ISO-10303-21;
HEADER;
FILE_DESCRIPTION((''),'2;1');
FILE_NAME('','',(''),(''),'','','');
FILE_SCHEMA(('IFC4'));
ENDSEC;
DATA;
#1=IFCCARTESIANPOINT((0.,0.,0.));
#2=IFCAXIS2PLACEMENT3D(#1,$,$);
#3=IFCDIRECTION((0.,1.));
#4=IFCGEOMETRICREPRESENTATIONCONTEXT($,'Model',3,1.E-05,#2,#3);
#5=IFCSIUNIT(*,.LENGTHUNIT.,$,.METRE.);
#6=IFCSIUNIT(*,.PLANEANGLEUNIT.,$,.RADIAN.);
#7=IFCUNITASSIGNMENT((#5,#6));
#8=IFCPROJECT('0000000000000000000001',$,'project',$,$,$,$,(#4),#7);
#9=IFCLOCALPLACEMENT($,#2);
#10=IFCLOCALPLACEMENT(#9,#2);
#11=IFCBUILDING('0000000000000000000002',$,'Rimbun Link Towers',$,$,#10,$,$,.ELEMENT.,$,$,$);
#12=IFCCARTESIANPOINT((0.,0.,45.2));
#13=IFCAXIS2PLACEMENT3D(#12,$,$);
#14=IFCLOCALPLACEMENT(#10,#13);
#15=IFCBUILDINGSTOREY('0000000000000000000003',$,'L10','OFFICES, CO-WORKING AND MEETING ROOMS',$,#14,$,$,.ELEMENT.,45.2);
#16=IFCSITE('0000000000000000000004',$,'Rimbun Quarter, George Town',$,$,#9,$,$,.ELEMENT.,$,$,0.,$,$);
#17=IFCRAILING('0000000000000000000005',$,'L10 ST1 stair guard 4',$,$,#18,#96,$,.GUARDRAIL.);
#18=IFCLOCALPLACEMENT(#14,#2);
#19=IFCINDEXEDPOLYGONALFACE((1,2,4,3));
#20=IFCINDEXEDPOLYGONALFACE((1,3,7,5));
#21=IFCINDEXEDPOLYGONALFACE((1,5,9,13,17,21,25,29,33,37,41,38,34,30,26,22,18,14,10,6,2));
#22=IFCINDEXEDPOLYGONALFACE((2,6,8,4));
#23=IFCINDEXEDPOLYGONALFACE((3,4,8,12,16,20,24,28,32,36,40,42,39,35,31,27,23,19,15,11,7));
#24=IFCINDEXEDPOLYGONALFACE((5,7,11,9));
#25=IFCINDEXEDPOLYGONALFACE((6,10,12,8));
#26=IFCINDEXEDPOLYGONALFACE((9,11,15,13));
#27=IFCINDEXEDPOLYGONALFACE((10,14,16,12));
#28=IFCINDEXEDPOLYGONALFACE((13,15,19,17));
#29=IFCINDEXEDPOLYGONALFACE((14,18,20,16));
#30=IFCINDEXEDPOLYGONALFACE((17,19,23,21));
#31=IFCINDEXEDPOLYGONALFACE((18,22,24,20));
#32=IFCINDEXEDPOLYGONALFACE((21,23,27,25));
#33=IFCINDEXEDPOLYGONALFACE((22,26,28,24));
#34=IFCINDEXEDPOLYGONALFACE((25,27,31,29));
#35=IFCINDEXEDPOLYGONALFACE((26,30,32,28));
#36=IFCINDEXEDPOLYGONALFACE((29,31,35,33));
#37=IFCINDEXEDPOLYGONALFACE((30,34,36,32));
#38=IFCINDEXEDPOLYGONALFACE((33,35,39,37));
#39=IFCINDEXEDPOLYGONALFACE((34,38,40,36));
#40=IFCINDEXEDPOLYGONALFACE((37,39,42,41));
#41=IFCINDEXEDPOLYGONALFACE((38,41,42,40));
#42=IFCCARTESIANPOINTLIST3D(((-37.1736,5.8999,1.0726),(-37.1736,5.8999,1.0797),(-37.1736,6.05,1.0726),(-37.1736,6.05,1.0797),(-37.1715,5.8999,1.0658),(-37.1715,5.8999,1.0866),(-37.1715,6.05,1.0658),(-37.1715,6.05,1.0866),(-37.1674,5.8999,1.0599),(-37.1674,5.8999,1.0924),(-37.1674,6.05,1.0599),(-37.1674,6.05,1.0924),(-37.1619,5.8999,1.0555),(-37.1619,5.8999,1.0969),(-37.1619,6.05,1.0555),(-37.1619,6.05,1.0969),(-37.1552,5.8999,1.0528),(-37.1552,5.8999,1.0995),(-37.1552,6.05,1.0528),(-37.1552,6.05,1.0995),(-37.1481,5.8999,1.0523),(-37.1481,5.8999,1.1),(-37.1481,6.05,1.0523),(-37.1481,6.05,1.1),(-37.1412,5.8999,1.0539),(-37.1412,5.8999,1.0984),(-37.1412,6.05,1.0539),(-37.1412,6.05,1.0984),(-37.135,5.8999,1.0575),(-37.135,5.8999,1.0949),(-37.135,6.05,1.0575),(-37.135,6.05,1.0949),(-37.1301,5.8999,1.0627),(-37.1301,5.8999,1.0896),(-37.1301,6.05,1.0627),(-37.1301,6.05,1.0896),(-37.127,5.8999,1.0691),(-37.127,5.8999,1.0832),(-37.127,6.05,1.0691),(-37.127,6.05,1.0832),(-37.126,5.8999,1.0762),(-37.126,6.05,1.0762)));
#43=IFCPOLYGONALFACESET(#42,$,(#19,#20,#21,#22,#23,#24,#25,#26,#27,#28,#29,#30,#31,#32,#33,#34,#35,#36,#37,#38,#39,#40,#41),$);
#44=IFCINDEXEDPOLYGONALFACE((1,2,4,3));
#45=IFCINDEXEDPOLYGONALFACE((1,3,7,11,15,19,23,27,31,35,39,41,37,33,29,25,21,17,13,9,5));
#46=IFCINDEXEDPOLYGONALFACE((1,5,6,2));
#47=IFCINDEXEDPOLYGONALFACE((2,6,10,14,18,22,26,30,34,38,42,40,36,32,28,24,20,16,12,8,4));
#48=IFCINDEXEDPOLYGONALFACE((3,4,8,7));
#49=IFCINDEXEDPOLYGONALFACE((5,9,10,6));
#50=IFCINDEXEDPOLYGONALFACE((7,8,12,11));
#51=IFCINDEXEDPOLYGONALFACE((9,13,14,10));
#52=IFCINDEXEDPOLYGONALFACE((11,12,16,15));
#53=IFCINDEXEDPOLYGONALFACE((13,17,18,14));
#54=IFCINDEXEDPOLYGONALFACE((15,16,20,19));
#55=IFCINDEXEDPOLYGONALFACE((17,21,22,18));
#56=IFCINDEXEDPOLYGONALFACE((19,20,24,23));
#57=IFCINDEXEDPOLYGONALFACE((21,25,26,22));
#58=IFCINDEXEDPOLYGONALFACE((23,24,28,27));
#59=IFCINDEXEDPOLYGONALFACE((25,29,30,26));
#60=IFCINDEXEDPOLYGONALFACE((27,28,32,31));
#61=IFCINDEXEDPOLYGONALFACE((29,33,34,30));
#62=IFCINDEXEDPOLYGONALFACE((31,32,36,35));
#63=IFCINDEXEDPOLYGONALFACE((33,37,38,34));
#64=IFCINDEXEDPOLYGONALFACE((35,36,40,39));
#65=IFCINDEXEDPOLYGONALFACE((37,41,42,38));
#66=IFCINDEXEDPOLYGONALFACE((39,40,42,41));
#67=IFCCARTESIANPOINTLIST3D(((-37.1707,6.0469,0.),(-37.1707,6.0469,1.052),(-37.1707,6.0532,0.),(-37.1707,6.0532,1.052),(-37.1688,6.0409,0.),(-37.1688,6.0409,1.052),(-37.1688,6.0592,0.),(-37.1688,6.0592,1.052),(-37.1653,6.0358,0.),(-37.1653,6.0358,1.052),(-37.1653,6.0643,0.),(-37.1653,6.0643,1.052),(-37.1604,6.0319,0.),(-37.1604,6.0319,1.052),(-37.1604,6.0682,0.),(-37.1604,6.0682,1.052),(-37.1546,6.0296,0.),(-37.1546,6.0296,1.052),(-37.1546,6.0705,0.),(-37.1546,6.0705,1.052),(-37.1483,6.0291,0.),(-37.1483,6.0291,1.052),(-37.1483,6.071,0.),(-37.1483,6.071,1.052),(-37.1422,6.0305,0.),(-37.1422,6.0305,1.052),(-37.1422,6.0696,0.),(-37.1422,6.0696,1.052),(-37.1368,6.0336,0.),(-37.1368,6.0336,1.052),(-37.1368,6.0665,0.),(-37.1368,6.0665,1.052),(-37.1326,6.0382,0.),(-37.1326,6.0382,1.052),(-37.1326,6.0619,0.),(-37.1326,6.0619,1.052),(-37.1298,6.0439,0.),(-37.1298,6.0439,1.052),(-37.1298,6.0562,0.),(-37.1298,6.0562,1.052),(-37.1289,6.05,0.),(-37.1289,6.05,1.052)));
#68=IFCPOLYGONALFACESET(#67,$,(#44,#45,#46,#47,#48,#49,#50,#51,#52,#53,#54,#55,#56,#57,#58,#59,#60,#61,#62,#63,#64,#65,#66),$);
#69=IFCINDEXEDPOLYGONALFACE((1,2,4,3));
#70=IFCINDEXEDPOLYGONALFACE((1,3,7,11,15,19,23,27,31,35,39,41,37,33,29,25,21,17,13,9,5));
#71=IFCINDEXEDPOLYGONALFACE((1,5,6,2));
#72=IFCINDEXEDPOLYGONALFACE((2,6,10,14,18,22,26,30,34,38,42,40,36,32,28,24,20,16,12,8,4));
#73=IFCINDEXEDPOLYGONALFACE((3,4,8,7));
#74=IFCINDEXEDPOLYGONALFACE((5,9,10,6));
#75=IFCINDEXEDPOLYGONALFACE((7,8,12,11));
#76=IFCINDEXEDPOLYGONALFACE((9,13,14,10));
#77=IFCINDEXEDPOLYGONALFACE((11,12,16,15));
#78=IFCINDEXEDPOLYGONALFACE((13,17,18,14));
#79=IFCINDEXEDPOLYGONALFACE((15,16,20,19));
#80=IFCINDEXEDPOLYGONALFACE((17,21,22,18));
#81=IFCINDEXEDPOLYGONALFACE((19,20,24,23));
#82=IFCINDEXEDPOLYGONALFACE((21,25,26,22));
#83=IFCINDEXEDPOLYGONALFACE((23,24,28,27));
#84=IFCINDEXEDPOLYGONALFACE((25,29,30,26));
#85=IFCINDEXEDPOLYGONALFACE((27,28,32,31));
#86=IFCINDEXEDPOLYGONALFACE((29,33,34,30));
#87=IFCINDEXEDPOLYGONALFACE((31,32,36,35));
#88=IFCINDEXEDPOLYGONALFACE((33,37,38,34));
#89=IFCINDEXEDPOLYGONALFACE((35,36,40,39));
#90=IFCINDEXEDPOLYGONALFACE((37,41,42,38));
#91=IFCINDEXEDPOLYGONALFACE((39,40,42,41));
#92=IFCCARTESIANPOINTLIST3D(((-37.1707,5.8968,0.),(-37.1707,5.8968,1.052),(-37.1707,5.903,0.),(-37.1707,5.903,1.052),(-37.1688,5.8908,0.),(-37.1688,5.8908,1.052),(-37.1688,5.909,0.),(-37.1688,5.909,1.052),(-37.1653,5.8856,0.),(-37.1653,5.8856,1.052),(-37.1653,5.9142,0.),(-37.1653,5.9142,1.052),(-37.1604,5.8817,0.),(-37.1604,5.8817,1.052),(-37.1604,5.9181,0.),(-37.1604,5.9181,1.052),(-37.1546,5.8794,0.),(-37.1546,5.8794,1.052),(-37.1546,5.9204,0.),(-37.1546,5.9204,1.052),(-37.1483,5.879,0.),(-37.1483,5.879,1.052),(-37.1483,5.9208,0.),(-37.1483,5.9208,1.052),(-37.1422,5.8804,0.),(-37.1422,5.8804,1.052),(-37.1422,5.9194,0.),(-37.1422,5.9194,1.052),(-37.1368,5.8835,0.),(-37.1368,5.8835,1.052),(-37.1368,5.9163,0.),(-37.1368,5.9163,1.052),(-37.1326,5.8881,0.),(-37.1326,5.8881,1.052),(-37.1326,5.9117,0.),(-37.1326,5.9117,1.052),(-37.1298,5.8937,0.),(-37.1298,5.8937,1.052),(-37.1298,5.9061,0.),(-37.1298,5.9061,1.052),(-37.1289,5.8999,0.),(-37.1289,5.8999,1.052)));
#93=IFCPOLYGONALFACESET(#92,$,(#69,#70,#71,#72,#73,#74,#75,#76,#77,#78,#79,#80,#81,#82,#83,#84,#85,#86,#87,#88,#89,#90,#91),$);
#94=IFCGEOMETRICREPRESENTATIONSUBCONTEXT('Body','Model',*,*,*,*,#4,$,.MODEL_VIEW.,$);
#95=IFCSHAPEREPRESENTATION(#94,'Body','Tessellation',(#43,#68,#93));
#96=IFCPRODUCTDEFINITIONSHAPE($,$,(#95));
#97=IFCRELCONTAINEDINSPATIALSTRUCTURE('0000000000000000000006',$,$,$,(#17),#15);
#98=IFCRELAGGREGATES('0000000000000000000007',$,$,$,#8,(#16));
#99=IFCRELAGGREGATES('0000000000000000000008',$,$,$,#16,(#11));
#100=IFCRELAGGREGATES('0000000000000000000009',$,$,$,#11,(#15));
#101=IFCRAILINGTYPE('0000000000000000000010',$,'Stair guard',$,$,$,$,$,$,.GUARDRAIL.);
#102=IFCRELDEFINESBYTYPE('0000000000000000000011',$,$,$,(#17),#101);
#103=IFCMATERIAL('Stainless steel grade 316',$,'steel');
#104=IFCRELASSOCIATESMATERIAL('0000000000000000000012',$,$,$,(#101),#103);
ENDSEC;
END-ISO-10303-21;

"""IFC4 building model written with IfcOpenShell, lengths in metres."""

from ifc_helpers import new_model, si_unit, direction, frame, origin, origin_2d, place, context, subcontext, project, spatial, circle, extrude, material, type_object, element, save


model = new_model("IFC4")

# Units and contexts
model_context = context("Model", 3, precision=1e-05, world=origin(), true_north=direction((0.0, 1.0)))
body_context = subcontext(model_context, "Body", "Model", "MODEL_VIEW")
ifc_project = project(units=[si_unit("LENGTHUNIT", "METRE"), si_unit("PLANEANGLEUNIT", "RADIAN")], contexts=[model_context])

# Site, building, storey
site_placement = place(None, origin())
site = spatial("IfcSite", under=ifc_project, at=site_placement, Name="Rimbun Quarter, George Town", CompositionType="ELEMENT", RefElevation=0.0)
building_placement = place(site_placement, origin())
building = spatial("IfcBuilding", under=site, at=building_placement, Name="Rimbun Link Towers", CompositionType="ELEMENT")
storey_placement = place(building_placement, frame((0.0, 0.0, 45.2)))
storey = spatial("IfcBuildingStorey", under=building, at=storey_placement, Name="L10", Description="OFFICES, CO-WORKING AND MEETING ROOMS", CompositionType="ELEMENT", Elevation=45.2)

# Railing
ifc_material_1 = material(Name="Stainless steel grade 316", Category="steel")
railing_type_1 = type_object("IfcRailingType", Name="Stair guard", PredefinedType="GUARDRAIL", material=ifc_material_1)
railing_1_placement = place(storey_placement, frame((-37.1499, 6.05, 0.0)))
element("IfcRailing", 1, at=railing_1_placement, inside=storey, type_object=railing_type_1, Name="L10 ST1 stair guard 4", PredefinedType="GUARDRAIL", context=body_context, shape_type="SweptSolid", body=[
    extrude(circle(Radius=0.0239, at=origin_2d()), frame((0.0, 0.0, 1.0762), z_axis=(0.0, -1.0, 0.0), x_axis=(1.0, 0.0, 0.0)), (0.0, 0.0, 1.0), 0.1501),
    extrude(circle(Radius=0.021, at=origin_2d()), origin(), (0.0, 0.0, 1.0), 1.052),
    extrude(circle(Radius=0.021, at=origin_2d()), frame((0.0, -0.1501, 0.0)), (0.0, 0.0, 1.0), 1.052),
])

save(model, "model.ifc")
